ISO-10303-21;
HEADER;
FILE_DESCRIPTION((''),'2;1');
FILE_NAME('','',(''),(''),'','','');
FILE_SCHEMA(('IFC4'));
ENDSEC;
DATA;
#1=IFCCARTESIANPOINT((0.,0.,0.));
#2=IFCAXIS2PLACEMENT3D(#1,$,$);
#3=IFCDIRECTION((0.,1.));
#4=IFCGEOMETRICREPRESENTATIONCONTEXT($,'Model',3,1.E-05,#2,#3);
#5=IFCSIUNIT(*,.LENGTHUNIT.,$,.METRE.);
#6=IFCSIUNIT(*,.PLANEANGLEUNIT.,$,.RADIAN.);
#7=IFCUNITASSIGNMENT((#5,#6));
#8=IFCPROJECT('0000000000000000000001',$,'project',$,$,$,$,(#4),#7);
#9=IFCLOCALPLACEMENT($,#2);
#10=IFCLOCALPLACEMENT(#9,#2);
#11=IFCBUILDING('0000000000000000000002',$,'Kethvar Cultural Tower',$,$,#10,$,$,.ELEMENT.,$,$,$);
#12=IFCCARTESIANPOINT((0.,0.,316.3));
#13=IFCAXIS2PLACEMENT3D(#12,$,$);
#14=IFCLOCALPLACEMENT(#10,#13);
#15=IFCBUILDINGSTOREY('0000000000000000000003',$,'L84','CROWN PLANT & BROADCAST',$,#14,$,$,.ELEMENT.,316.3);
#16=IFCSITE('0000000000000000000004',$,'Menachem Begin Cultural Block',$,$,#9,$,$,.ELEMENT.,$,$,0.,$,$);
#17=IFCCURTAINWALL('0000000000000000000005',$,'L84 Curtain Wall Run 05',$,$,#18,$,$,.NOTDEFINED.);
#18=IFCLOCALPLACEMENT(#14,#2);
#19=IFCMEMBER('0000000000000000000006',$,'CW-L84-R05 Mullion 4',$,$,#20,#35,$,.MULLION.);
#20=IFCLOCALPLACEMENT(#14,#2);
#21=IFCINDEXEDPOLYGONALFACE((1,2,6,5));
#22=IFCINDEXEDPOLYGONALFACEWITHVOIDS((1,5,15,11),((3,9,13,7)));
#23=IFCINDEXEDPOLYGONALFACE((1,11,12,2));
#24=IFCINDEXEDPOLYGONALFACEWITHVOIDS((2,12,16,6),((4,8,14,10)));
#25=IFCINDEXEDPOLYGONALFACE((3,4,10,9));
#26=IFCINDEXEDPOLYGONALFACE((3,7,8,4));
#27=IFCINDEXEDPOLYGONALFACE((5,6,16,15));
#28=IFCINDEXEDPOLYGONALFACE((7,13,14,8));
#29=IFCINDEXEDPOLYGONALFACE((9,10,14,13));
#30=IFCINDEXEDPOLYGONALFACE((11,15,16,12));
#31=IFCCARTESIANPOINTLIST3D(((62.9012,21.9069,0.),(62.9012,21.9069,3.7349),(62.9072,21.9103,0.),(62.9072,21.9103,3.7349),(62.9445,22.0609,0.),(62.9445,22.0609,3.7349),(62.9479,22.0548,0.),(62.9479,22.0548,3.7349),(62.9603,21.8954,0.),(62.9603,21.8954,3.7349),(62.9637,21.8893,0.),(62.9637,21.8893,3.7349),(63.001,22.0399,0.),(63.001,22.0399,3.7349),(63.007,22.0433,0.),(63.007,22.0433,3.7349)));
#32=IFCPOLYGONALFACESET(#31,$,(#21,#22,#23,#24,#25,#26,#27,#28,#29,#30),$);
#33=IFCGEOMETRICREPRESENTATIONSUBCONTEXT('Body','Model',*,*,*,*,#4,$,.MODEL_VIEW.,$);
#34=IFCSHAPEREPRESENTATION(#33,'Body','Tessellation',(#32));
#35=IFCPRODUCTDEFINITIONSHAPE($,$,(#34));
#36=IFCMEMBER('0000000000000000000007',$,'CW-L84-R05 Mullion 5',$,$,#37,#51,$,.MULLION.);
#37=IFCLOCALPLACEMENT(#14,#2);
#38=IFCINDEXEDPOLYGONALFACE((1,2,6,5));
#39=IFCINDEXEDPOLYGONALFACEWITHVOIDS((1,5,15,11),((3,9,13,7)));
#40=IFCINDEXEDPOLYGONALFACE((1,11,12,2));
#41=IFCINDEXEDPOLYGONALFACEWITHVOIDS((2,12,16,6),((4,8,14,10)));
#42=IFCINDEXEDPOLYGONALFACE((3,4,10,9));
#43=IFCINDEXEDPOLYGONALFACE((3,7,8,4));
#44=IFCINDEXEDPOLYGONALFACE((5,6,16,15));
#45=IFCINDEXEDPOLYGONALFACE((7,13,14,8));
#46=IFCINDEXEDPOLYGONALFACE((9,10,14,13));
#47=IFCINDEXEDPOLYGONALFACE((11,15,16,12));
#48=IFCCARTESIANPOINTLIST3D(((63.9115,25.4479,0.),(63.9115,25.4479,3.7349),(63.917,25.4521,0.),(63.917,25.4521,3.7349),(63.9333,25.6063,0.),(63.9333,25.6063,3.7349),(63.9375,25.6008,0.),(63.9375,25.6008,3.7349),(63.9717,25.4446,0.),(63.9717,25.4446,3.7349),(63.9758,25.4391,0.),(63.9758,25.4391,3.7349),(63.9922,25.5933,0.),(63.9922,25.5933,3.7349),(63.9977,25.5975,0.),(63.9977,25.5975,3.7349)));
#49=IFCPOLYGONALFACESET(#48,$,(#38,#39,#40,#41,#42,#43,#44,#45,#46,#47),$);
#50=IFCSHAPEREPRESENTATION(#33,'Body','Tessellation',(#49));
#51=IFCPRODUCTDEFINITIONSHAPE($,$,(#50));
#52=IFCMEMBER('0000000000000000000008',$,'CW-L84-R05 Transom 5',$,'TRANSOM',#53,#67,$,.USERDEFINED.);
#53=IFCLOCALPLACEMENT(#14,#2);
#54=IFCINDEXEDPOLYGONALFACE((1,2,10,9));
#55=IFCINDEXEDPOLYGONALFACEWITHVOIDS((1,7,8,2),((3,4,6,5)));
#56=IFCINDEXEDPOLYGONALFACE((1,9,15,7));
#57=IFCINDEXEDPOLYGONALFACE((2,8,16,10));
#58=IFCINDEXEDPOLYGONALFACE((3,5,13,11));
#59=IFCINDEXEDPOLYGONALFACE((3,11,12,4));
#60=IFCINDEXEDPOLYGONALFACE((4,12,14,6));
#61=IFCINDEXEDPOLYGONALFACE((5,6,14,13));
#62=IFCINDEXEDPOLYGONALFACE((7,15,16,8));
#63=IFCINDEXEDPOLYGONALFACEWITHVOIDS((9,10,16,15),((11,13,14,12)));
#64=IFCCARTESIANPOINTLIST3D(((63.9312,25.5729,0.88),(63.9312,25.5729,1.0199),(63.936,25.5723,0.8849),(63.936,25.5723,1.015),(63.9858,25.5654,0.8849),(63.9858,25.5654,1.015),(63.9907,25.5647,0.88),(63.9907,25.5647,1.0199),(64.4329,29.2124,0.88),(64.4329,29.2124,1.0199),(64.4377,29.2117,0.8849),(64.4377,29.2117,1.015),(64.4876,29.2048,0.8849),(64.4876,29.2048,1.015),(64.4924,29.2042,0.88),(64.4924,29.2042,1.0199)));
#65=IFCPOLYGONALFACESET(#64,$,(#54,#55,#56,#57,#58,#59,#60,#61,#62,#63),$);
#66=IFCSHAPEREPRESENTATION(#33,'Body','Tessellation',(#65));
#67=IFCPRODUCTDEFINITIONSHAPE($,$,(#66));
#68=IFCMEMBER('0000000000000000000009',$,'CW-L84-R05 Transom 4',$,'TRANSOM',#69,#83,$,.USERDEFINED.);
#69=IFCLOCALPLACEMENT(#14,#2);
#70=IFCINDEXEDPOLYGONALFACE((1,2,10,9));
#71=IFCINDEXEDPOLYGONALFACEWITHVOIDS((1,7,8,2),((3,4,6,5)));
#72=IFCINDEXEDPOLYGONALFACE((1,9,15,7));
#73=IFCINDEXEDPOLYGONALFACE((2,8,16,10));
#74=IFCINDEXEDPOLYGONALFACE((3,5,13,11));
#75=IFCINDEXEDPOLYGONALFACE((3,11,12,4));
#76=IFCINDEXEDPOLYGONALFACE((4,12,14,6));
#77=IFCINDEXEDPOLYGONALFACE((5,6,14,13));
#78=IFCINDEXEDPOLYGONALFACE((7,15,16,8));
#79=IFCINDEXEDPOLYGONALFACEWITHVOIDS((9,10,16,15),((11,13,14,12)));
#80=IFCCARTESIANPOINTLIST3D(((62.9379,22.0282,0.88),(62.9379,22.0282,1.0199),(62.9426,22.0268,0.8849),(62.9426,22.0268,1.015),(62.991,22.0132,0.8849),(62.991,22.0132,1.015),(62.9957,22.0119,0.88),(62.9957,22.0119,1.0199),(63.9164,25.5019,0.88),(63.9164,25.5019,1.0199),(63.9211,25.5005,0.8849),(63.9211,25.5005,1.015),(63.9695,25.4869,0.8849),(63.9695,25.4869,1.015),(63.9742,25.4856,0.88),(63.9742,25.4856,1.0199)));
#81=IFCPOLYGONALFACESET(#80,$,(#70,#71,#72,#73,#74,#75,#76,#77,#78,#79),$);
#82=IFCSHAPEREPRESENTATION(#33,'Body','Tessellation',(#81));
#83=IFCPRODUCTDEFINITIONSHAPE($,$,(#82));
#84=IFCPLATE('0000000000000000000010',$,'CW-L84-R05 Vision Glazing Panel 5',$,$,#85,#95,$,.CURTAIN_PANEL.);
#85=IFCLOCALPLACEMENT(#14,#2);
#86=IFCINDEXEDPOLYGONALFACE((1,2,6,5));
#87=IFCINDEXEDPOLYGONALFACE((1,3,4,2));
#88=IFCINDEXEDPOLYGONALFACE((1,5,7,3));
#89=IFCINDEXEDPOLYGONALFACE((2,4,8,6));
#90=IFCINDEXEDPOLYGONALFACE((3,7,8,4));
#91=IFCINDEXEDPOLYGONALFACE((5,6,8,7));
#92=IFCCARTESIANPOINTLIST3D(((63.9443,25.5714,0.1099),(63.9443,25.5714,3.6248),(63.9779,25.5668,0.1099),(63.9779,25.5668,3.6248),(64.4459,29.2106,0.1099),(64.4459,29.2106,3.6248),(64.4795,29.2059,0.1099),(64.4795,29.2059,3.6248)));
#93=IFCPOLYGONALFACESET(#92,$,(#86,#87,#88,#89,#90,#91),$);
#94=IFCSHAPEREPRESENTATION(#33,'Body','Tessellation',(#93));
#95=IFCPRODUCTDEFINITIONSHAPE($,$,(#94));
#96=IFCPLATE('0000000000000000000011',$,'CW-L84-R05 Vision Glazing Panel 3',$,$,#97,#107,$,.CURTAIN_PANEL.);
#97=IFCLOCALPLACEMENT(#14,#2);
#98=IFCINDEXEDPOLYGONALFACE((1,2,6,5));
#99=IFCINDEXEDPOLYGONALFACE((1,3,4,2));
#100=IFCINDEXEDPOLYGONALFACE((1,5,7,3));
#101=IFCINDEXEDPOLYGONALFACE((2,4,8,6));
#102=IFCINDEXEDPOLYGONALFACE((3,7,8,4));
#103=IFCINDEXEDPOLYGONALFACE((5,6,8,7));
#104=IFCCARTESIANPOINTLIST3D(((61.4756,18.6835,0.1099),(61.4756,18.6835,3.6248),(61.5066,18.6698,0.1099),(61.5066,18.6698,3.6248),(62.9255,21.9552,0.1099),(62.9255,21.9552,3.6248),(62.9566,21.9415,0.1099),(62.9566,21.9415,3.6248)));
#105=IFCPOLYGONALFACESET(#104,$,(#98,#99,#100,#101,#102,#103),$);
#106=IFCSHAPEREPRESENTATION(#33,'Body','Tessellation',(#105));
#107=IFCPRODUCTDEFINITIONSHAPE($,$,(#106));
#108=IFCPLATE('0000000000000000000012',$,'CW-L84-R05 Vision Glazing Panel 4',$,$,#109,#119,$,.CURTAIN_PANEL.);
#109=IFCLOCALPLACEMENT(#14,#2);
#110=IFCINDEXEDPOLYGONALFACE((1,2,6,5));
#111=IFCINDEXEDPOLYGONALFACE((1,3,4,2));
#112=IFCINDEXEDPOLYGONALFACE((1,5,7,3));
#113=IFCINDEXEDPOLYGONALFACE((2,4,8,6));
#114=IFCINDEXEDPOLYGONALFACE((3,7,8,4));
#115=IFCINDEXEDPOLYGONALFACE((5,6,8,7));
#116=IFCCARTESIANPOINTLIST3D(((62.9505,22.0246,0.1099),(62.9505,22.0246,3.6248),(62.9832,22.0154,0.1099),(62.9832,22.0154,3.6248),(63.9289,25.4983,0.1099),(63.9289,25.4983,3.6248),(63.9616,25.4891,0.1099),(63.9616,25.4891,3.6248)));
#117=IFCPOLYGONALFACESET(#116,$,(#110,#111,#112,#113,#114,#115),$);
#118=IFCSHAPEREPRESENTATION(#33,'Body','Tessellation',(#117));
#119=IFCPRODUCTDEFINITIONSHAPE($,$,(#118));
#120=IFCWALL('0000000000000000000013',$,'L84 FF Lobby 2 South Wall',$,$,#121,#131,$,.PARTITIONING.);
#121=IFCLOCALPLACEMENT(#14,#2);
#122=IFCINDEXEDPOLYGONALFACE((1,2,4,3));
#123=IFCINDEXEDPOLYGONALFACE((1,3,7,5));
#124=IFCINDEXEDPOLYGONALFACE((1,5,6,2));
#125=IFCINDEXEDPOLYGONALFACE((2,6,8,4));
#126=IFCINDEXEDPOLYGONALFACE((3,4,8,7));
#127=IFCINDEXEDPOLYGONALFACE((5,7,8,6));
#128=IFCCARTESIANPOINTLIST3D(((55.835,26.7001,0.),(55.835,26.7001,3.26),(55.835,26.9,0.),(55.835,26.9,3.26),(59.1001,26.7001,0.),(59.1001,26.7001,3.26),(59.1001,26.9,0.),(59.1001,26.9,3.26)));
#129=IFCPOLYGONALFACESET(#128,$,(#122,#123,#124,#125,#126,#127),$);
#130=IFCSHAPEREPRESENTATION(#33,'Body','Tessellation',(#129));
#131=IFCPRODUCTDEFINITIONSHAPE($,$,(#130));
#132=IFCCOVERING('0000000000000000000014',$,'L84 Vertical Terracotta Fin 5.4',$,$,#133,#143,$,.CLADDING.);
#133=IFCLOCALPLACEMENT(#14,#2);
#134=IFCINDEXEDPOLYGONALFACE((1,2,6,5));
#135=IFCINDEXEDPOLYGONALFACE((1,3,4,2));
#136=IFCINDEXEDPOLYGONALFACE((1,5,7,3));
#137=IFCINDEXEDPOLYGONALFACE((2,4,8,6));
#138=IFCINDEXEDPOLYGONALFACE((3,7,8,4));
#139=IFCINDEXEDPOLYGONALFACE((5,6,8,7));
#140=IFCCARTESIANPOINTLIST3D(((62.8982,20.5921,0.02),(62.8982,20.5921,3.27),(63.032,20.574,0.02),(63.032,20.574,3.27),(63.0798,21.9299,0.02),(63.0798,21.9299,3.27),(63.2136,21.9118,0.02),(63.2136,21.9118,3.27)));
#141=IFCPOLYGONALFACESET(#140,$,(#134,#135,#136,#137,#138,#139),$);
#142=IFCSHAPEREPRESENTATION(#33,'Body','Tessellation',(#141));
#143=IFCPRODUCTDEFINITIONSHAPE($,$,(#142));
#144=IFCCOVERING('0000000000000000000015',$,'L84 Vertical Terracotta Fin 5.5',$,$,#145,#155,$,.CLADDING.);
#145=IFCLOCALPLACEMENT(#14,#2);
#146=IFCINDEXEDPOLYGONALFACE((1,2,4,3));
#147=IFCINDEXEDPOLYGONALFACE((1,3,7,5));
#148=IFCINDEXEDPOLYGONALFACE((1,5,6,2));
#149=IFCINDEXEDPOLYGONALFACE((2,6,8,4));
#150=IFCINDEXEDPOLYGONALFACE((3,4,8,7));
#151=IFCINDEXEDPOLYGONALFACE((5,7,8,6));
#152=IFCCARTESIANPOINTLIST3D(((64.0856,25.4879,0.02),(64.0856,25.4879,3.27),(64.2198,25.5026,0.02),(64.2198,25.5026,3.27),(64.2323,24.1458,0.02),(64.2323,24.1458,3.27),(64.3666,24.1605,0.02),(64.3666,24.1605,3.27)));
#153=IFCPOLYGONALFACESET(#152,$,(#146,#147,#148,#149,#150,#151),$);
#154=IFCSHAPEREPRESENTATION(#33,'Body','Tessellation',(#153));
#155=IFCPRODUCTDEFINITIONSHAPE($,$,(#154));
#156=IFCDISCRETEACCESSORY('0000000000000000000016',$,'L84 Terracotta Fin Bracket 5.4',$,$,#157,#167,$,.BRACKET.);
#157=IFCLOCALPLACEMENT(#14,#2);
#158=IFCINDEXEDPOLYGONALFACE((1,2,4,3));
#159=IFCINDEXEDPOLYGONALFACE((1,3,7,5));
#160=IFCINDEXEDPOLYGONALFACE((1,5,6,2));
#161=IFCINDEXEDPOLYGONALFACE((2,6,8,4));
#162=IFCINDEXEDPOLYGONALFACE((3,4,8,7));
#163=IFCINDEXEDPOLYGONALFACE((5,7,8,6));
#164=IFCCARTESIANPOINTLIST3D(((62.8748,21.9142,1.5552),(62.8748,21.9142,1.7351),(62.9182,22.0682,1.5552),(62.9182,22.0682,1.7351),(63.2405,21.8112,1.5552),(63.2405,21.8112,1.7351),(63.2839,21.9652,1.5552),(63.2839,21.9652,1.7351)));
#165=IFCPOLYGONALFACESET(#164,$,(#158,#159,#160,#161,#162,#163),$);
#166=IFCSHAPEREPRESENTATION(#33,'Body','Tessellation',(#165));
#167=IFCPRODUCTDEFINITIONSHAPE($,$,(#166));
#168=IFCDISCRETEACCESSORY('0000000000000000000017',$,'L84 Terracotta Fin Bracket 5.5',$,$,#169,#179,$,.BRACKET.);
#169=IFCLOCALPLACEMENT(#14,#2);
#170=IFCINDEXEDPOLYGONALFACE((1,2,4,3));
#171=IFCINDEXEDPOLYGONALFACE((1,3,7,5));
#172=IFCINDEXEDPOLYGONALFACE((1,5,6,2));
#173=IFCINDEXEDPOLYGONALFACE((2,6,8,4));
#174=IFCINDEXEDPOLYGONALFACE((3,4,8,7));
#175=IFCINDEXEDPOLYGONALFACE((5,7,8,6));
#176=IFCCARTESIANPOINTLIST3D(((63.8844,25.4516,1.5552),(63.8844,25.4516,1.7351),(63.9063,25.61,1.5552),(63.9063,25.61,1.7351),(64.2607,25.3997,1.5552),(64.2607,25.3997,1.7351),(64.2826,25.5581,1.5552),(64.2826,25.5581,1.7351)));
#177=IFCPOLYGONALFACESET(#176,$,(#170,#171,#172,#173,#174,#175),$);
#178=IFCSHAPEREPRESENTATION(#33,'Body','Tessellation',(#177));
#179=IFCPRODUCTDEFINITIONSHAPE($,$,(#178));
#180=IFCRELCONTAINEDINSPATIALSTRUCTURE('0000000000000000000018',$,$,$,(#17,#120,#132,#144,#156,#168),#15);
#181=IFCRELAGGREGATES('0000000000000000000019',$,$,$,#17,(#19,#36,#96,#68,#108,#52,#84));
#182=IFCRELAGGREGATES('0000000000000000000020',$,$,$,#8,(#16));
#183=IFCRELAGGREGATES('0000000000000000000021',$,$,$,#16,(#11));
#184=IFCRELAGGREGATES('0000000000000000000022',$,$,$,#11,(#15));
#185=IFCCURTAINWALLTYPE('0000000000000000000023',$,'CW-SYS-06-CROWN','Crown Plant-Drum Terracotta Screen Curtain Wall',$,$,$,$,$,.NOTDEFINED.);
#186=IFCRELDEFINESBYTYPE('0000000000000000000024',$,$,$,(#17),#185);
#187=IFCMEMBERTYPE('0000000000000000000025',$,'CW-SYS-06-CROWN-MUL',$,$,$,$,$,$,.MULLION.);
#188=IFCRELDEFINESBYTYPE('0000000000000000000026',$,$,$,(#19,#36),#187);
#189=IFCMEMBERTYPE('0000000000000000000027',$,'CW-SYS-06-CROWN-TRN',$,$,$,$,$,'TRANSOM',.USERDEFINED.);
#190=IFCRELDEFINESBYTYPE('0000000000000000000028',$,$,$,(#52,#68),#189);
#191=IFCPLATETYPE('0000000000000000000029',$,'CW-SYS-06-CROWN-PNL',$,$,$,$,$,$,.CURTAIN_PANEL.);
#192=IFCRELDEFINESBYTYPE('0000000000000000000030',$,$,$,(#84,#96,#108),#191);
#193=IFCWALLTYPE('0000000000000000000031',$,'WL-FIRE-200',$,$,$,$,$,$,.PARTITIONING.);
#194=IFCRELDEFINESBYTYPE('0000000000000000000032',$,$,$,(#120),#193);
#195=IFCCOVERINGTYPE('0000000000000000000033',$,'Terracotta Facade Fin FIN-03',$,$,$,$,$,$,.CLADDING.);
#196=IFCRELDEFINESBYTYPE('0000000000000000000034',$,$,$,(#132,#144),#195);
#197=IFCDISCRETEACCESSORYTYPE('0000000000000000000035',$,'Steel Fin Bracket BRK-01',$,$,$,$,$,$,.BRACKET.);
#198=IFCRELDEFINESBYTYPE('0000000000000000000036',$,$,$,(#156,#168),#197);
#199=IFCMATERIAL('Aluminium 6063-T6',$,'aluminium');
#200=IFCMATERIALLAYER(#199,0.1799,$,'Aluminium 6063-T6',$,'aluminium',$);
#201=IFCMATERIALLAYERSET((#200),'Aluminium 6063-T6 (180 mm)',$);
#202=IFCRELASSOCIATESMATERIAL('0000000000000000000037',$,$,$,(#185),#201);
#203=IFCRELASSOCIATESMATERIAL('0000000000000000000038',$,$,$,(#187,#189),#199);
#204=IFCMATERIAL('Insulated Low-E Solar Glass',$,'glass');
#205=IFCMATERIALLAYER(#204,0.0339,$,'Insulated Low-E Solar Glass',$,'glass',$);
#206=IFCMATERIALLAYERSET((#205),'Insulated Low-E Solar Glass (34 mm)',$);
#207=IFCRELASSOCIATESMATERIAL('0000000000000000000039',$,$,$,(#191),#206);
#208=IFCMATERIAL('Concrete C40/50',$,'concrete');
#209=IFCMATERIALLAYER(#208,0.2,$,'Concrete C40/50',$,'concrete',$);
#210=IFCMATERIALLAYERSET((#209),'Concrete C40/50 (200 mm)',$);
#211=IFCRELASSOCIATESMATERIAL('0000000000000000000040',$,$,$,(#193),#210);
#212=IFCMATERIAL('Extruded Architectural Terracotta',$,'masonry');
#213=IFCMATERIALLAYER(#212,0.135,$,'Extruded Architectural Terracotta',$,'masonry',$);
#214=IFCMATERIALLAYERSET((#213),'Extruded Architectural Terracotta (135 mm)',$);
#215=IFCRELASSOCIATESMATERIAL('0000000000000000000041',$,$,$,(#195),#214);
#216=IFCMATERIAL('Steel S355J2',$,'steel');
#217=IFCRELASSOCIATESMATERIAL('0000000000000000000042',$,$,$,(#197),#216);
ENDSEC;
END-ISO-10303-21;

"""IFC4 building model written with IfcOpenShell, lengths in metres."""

from ifc_helpers import new_model, si_unit, direction, frame, frame_2d, origin, origin_2d, place, context, subcontext, project, spatial, rectangle, hollow_rectangle, extrude, source, transform, mapped, material, layer, layer_set, material_profile, profile_set, type_object, element, aggregate, save


model = new_model("IFC4")

# Units and contexts
model_context = context("Model", 3, precision=1e-05, world=origin(), true_north=direction((0.0, 1.0)))
body_context = subcontext(model_context, "Body", "Model", "MODEL_VIEW")
ifc_project = project(units=[si_unit("LENGTHUNIT", "METRE"), si_unit("PLANEANGLEUNIT", "RADIAN")], contexts=[model_context])

# Site, building, storey
site_placement = place(None, origin())
site = spatial("IfcSite", under=ifc_project, at=site_placement, Name="Menachem Begin Cultural Block", CompositionType="ELEMENT", RefElevation=0.0)
building_placement = place(site_placement, origin())
building = spatial("IfcBuilding", under=site, at=building_placement, Name="Kethvar Cultural Tower", CompositionType="ELEMENT")
storey_placement = place(building_placement, frame((0.0, 0.0, 316.3)))
storey = spatial("IfcBuildingStorey", under=building, at=storey_placement, Name="L84", Description="CROWN PLANT & BROADCAST", CompositionType="ELEMENT", Elevation=316.3)

# Shared definitions
ifc_material_1 = material(Name="Steel S355J2", Category="steel")

# Curtain wall, members, plates
ifc_material_2 = material(Name="Aluminium 6063-T6", Category="aluminium")
ifc_layer_1 = layer(ifc_material_2, 0.1799, Name="Aluminium 6063-T6", Category="aluminium")
ifc_layer_set_1 = layer_set([ifc_layer_1], Name="Aluminium 6063-T6 (180 mm)")
curtain_wall_type = type_object("IfcCurtainWallType", Name="CW-SYS-06-CROWN", Description="Crown Plant-Drum Terracotta Screen Curtain Wall", PredefinedType="NOTDEFINED", material=ifc_layer_set_1)
curtain_wall_placement = place(storey_placement, origin())
curtain_wall = element("IfcCurtainWall", 1, at=curtain_wall_placement, inside=storey, type_object=curtain_wall_type, Name="L84 Curtain Wall Run 05", PredefinedType="NOTDEFINED")
ifc_material_profile_1 = material_profile(ifc_material_2, hollow_rectangle(XDim=0.0649, YDim=0.1599, WallThickness=0.0049, at=origin_2d()), Name="Aluminium 6063-T6 — RHS160x65x5")
ifc_profile_set_1 = profile_set([ifc_material_profile_1], Name="Aluminium 6063-T6 — RHS160x65x5")
member_type_1 = type_object("IfcMemberType", Name="CW-SYS-06-CROWN-MUL", PredefinedType="MULLION", material=ifc_profile_set_1)
shared_shape_1 = source(origin(), body_context, "Body", "SweptSolid", [
    extrude(hollow_rectangle(XDim=0.0649, YDim=0.1599, WallThickness=0.0049, at=origin_2d()), origin(), (0.0, 0.0, 1.0), 3.7349),
])
member_1_placement = place(storey_placement, frame((62.9541, 21.9751, 0.0), z_axis=(0.0, 0.0, 1.0), x_axis=(-0.962545, 0.271121, 0.0)))
member_1 = element("IfcMember", 2, at=member_1_placement, type_object=member_type_1, Name="CW-L84-R05 Mullion 4", PredefinedType="MULLION", context=body_context, shape_type="MappedRepresentation", body=[
    mapped(shared_shape_1, transform((0.0, 0.0, 0.0), scale=1.0)),
])
member_2_placement = place(storey_placement, frame((63.9546, 25.5227, 0.0), z_axis=(0.0, 0.0, 1.0), x_axis=(-0.990634, 0.136546, 0.0)))
member_2 = element("IfcMember", 3, at=member_2_placement, type_object=member_type_1, Name="CW-L84-R05 Mullion 5", PredefinedType="MULLION", context=body_context, shape_type="MappedRepresentation", body=[
    mapped(shared_shape_1, transform((0.0, 0.0, 0.0), scale=1.0)),
])
ifc_material_profile_2 = material_profile(ifc_material_2, hollow_rectangle(XDim=0.0601, YDim=0.1399, WallThickness=0.0049, at=origin_2d()), Name="Aluminium 6063-T6 — RHS140x60x5")
ifc_profile_set_2 = profile_set([ifc_material_profile_2], Name="Aluminium 6063-T6 — RHS140x60x5")
member_type_2 = type_object("IfcMemberType", Name="CW-SYS-06-CROWN-TRN", ElementType="TRANSOM", PredefinedType="USERDEFINED", material=ifc_profile_set_2)
shared_shape_2 = source(origin(), body_context, "Body", "SweptSolid", [
    extrude(hollow_rectangle(XDim=0.0601, YDim=0.1399, WallThickness=0.0049, at=origin_2d()), origin(), (0.0, 0.0, 1.0), 3.6738),
])
member_3_placement = place(storey_placement, frame((63.9609, 25.5688, 0.95), z_axis=(0.136563, 0.990631, 0.0), x_axis=(-0.990631, 0.136563, 0.0)))
member_3 = element("IfcMember", 4, at=member_3_placement, type_object=member_type_2, Name="CW-L84-R05 Transom 5", ObjectType="TRANSOM", PredefinedType="USERDEFINED", context=body_context, shape_type="MappedRepresentation", body=[
    mapped(shared_shape_2, transform((0.0, 0.0, 0.0), scale=1.0)),
])
shared_shape_3 = source(origin(), body_context, "Body", "SweptSolid", [
    extrude(hollow_rectangle(XDim=0.0601, YDim=0.1399, WallThickness=0.0049, at=origin_2d()), origin(), (0.0, 0.0, 1.0), 3.6089),
])
member_4_placement = place(storey_placement, frame((62.9668, 22.02, 0.95), z_axis=(0.271145, 0.962538, 0.0), x_axis=(-0.962538, 0.271145, 0.0)))
member_4 = element("IfcMember", 5, at=member_4_placement, type_object=member_type_2, Name="CW-L84-R05 Transom 4", ObjectType="TRANSOM", PredefinedType="USERDEFINED", context=body_context, shape_type="MappedRepresentation", body=[
    mapped(shared_shape_3, transform((0.0, 0.0, 0.0), scale=1.0)),
])
ifc_material_3 = material(Name="Insulated Low-E Solar Glass", Category="glass")
ifc_layer_2 = layer(ifc_material_3, 0.0339, Name="Insulated Low-E Solar Glass", Category="glass")
ifc_layer_set_2 = layer_set([ifc_layer_2], Name="Insulated Low-E Solar Glass (34 mm)")
plate_type = type_object("IfcPlateType", Name="CW-SYS-06-CROWN-PNL", PredefinedType="CURTAIN_PANEL", material=ifc_layer_set_2)
shared_shape_4 = source(origin(), body_context, "Body", "SweptSolid", [
    extrude(rectangle(XDim=3.6736, YDim=0.0339, at=origin_2d()), origin(), (0.0, 0.0, 1.0), 3.5149),
])
plate_1_placement = place(storey_placement, frame((64.2119, 27.3887, 0.1099), z_axis=(0.0, 0.0, 1.0), x_axis=(0.136546, 0.990634, 0.0)))
plate_1 = element("IfcPlate", 6, at=plate_1_placement, type_object=plate_type, Name="CW-L84-R05 Vision Glazing Panel 5", PredefinedType="CURTAIN_PANEL", context=body_context, shape_type="MappedRepresentation", body=[
    mapped(shared_shape_4, transform((0.0, 0.0, 0.0), scale=1.0)),
])
shared_shape_5 = source(origin(), body_context, "Body", "SweptSolid", [
    extrude(rectangle(XDim=3.5786, YDim=0.0339, at=origin_2d()), origin(), (0.0, 0.0, 1.0), 3.5149),
])
plate_2_placement = place(storey_placement, frame((62.2161, 20.3125, 0.1099), z_axis=(0.0, 0.0, 1.0), x_axis=(0.405174, 0.91424, 0.0)))
plate_2 = element("IfcPlate", 7, at=plate_2_placement, type_object=plate_type, Name="CW-L84-R05 Vision Glazing Panel 3", PredefinedType="CURTAIN_PANEL", context=body_context, shape_type="MappedRepresentation", body=[
    mapped(shared_shape_5, transform((0.0, 0.0, 0.0), scale=1.0)),
])
shared_shape_6 = source(origin(), body_context, "Body", "SweptSolid", [
    extrude(rectangle(XDim=3.6089, YDim=0.0339, at=origin_2d()), origin(), (0.0, 0.0, 1.0), 3.5149),
])
plate_3_placement = place(storey_placement, frame((63.4561, 23.7568, 0.1099), z_axis=(0.0, 0.0, 1.0), x_axis=(0.271121, 0.962545, 0.0)))
plate_3 = element("IfcPlate", 8, at=plate_3_placement, type_object=plate_type, Name="CW-L84-R05 Vision Glazing Panel 4", PredefinedType="CURTAIN_PANEL", context=body_context, shape_type="MappedRepresentation", body=[
    mapped(shared_shape_6, transform((0.0, 0.0, 0.0), scale=1.0)),
])
aggregate(curtain_wall, [member_1, member_2, plate_2, member_4, plate_3, member_3, plate_1])

# Shared definitions
ifc_material_4 = material(Name="Concrete C40/50", Category="concrete")
ifc_layer_3 = layer(ifc_material_4, 0.2, Name="Concrete C40/50", Category="concrete")
ifc_layer_set_3 = layer_set([ifc_layer_3], Name="Concrete C40/50 (200 mm)")
wall_type = type_object("IfcWallType", Name="WL-FIRE-200", PredefinedType="PARTITIONING", material=ifc_layer_set_3)

# Wall
wall_1_placement = place(storey_placement, frame((55.835, 26.8, 0.0), z_axis=(0.0, 0.0, 1.0), x_axis=(1.0, 0.0, 0.0)))
element("IfcWall", 9, at=wall_1_placement, inside=storey, type_object=wall_type, Name="L84 FF Lobby 2 South Wall", PredefinedType="PARTITIONING", context=body_context, shape_type="SweptSolid", body=[
    extrude(rectangle(XDim=3.2651, YDim=0.2, at=frame_2d((1.6326, 0.0))), origin(), (0.0, 0.0, 1.0), 3.26),
])

# Coverings
ifc_material_5 = material(Name="Extruded Architectural Terracotta", Category="masonry")
ifc_layer_4 = layer(ifc_material_5, 0.135, Name="Extruded Architectural Terracotta", Category="masonry")
ifc_layer_set_4 = layer_set([ifc_layer_4], Name="Extruded Architectural Terracotta (135 mm)")
covering_type = type_object("IfcCoveringType", Name="Terracotta Facade Fin FIN-03", PredefinedType="CLADDING", material=ifc_layer_set_4)
shared_shape_7 = source(origin(), body_context, "Body", "SweptSolid", [
    extrude(rectangle(XDim=1.3501, YDim=0.135, at=origin_2d()), origin(), (0.0, 0.0, 1.0), 3.25),
])
for number, where, z_axis, x_axis, name in (
    (10, (63.0559, 21.252, 0.02), (0.0, 0.0, 1.0), (-0.134505, -0.990913, 0.0), "L84 Vertical Terracotta Fin 5.4"),
    (11, (64.2261, 24.8242, 0.02), (0.0, 0.0, 1.0), (0.108693, -0.994075, 0.0), "L84 Vertical Terracotta Fin 5.5"),
):
    element("IfcCovering", number, at=place(storey_placement, frame(where, z_axis=z_axis, x_axis=x_axis)), inside=storey, type_object=covering_type, Name=name, PredefinedType="CLADDING", context=body_context, shape_type="MappedRepresentation", body=[
        mapped(shared_shape_7, transform((0.0, 0.0, 0.0), scale=1.0)),
    ])

# Discrete accessories
discrete_accessory_type = type_object("IfcDiscreteAccessoryType", Name="Steel Fin Bracket BRK-01", PredefinedType="BRACKET", material=ifc_material_1)
shared_shape_8 = source(origin(), body_context, "Body", "SweptSolid", [
    extrude(rectangle(XDim=0.3799, YDim=0.1599, at=origin_2d()), origin(), (0.0, 0.0, 1.0), 0.1799),
])
for number, where, z_axis, x_axis, name in (
    (12, (63.0793, 21.9397, 1.5552), (0.0, 0.0, 1.0), (0.96255, -0.271104, 0.0), "L84 Terracotta Fin Bracket 5.4"),
    (13, (64.0835, 25.5049, 1.5552), (0.0, 0.0, 1.0), (0.990629, -0.13658, 0.0), "L84 Terracotta Fin Bracket 5.5"),
):
    element("IfcDiscreteAccessory", number, at=place(storey_placement, frame(where, z_axis=z_axis, x_axis=x_axis)), inside=storey, type_object=discrete_accessory_type, Name=name, PredefinedType="BRACKET", context=body_context, shape_type="MappedRepresentation", body=[
        mapped(shared_shape_8, transform((0.0, 0.0, 0.0), scale=1.0)),
    ])

save(model, "model.ifc")
